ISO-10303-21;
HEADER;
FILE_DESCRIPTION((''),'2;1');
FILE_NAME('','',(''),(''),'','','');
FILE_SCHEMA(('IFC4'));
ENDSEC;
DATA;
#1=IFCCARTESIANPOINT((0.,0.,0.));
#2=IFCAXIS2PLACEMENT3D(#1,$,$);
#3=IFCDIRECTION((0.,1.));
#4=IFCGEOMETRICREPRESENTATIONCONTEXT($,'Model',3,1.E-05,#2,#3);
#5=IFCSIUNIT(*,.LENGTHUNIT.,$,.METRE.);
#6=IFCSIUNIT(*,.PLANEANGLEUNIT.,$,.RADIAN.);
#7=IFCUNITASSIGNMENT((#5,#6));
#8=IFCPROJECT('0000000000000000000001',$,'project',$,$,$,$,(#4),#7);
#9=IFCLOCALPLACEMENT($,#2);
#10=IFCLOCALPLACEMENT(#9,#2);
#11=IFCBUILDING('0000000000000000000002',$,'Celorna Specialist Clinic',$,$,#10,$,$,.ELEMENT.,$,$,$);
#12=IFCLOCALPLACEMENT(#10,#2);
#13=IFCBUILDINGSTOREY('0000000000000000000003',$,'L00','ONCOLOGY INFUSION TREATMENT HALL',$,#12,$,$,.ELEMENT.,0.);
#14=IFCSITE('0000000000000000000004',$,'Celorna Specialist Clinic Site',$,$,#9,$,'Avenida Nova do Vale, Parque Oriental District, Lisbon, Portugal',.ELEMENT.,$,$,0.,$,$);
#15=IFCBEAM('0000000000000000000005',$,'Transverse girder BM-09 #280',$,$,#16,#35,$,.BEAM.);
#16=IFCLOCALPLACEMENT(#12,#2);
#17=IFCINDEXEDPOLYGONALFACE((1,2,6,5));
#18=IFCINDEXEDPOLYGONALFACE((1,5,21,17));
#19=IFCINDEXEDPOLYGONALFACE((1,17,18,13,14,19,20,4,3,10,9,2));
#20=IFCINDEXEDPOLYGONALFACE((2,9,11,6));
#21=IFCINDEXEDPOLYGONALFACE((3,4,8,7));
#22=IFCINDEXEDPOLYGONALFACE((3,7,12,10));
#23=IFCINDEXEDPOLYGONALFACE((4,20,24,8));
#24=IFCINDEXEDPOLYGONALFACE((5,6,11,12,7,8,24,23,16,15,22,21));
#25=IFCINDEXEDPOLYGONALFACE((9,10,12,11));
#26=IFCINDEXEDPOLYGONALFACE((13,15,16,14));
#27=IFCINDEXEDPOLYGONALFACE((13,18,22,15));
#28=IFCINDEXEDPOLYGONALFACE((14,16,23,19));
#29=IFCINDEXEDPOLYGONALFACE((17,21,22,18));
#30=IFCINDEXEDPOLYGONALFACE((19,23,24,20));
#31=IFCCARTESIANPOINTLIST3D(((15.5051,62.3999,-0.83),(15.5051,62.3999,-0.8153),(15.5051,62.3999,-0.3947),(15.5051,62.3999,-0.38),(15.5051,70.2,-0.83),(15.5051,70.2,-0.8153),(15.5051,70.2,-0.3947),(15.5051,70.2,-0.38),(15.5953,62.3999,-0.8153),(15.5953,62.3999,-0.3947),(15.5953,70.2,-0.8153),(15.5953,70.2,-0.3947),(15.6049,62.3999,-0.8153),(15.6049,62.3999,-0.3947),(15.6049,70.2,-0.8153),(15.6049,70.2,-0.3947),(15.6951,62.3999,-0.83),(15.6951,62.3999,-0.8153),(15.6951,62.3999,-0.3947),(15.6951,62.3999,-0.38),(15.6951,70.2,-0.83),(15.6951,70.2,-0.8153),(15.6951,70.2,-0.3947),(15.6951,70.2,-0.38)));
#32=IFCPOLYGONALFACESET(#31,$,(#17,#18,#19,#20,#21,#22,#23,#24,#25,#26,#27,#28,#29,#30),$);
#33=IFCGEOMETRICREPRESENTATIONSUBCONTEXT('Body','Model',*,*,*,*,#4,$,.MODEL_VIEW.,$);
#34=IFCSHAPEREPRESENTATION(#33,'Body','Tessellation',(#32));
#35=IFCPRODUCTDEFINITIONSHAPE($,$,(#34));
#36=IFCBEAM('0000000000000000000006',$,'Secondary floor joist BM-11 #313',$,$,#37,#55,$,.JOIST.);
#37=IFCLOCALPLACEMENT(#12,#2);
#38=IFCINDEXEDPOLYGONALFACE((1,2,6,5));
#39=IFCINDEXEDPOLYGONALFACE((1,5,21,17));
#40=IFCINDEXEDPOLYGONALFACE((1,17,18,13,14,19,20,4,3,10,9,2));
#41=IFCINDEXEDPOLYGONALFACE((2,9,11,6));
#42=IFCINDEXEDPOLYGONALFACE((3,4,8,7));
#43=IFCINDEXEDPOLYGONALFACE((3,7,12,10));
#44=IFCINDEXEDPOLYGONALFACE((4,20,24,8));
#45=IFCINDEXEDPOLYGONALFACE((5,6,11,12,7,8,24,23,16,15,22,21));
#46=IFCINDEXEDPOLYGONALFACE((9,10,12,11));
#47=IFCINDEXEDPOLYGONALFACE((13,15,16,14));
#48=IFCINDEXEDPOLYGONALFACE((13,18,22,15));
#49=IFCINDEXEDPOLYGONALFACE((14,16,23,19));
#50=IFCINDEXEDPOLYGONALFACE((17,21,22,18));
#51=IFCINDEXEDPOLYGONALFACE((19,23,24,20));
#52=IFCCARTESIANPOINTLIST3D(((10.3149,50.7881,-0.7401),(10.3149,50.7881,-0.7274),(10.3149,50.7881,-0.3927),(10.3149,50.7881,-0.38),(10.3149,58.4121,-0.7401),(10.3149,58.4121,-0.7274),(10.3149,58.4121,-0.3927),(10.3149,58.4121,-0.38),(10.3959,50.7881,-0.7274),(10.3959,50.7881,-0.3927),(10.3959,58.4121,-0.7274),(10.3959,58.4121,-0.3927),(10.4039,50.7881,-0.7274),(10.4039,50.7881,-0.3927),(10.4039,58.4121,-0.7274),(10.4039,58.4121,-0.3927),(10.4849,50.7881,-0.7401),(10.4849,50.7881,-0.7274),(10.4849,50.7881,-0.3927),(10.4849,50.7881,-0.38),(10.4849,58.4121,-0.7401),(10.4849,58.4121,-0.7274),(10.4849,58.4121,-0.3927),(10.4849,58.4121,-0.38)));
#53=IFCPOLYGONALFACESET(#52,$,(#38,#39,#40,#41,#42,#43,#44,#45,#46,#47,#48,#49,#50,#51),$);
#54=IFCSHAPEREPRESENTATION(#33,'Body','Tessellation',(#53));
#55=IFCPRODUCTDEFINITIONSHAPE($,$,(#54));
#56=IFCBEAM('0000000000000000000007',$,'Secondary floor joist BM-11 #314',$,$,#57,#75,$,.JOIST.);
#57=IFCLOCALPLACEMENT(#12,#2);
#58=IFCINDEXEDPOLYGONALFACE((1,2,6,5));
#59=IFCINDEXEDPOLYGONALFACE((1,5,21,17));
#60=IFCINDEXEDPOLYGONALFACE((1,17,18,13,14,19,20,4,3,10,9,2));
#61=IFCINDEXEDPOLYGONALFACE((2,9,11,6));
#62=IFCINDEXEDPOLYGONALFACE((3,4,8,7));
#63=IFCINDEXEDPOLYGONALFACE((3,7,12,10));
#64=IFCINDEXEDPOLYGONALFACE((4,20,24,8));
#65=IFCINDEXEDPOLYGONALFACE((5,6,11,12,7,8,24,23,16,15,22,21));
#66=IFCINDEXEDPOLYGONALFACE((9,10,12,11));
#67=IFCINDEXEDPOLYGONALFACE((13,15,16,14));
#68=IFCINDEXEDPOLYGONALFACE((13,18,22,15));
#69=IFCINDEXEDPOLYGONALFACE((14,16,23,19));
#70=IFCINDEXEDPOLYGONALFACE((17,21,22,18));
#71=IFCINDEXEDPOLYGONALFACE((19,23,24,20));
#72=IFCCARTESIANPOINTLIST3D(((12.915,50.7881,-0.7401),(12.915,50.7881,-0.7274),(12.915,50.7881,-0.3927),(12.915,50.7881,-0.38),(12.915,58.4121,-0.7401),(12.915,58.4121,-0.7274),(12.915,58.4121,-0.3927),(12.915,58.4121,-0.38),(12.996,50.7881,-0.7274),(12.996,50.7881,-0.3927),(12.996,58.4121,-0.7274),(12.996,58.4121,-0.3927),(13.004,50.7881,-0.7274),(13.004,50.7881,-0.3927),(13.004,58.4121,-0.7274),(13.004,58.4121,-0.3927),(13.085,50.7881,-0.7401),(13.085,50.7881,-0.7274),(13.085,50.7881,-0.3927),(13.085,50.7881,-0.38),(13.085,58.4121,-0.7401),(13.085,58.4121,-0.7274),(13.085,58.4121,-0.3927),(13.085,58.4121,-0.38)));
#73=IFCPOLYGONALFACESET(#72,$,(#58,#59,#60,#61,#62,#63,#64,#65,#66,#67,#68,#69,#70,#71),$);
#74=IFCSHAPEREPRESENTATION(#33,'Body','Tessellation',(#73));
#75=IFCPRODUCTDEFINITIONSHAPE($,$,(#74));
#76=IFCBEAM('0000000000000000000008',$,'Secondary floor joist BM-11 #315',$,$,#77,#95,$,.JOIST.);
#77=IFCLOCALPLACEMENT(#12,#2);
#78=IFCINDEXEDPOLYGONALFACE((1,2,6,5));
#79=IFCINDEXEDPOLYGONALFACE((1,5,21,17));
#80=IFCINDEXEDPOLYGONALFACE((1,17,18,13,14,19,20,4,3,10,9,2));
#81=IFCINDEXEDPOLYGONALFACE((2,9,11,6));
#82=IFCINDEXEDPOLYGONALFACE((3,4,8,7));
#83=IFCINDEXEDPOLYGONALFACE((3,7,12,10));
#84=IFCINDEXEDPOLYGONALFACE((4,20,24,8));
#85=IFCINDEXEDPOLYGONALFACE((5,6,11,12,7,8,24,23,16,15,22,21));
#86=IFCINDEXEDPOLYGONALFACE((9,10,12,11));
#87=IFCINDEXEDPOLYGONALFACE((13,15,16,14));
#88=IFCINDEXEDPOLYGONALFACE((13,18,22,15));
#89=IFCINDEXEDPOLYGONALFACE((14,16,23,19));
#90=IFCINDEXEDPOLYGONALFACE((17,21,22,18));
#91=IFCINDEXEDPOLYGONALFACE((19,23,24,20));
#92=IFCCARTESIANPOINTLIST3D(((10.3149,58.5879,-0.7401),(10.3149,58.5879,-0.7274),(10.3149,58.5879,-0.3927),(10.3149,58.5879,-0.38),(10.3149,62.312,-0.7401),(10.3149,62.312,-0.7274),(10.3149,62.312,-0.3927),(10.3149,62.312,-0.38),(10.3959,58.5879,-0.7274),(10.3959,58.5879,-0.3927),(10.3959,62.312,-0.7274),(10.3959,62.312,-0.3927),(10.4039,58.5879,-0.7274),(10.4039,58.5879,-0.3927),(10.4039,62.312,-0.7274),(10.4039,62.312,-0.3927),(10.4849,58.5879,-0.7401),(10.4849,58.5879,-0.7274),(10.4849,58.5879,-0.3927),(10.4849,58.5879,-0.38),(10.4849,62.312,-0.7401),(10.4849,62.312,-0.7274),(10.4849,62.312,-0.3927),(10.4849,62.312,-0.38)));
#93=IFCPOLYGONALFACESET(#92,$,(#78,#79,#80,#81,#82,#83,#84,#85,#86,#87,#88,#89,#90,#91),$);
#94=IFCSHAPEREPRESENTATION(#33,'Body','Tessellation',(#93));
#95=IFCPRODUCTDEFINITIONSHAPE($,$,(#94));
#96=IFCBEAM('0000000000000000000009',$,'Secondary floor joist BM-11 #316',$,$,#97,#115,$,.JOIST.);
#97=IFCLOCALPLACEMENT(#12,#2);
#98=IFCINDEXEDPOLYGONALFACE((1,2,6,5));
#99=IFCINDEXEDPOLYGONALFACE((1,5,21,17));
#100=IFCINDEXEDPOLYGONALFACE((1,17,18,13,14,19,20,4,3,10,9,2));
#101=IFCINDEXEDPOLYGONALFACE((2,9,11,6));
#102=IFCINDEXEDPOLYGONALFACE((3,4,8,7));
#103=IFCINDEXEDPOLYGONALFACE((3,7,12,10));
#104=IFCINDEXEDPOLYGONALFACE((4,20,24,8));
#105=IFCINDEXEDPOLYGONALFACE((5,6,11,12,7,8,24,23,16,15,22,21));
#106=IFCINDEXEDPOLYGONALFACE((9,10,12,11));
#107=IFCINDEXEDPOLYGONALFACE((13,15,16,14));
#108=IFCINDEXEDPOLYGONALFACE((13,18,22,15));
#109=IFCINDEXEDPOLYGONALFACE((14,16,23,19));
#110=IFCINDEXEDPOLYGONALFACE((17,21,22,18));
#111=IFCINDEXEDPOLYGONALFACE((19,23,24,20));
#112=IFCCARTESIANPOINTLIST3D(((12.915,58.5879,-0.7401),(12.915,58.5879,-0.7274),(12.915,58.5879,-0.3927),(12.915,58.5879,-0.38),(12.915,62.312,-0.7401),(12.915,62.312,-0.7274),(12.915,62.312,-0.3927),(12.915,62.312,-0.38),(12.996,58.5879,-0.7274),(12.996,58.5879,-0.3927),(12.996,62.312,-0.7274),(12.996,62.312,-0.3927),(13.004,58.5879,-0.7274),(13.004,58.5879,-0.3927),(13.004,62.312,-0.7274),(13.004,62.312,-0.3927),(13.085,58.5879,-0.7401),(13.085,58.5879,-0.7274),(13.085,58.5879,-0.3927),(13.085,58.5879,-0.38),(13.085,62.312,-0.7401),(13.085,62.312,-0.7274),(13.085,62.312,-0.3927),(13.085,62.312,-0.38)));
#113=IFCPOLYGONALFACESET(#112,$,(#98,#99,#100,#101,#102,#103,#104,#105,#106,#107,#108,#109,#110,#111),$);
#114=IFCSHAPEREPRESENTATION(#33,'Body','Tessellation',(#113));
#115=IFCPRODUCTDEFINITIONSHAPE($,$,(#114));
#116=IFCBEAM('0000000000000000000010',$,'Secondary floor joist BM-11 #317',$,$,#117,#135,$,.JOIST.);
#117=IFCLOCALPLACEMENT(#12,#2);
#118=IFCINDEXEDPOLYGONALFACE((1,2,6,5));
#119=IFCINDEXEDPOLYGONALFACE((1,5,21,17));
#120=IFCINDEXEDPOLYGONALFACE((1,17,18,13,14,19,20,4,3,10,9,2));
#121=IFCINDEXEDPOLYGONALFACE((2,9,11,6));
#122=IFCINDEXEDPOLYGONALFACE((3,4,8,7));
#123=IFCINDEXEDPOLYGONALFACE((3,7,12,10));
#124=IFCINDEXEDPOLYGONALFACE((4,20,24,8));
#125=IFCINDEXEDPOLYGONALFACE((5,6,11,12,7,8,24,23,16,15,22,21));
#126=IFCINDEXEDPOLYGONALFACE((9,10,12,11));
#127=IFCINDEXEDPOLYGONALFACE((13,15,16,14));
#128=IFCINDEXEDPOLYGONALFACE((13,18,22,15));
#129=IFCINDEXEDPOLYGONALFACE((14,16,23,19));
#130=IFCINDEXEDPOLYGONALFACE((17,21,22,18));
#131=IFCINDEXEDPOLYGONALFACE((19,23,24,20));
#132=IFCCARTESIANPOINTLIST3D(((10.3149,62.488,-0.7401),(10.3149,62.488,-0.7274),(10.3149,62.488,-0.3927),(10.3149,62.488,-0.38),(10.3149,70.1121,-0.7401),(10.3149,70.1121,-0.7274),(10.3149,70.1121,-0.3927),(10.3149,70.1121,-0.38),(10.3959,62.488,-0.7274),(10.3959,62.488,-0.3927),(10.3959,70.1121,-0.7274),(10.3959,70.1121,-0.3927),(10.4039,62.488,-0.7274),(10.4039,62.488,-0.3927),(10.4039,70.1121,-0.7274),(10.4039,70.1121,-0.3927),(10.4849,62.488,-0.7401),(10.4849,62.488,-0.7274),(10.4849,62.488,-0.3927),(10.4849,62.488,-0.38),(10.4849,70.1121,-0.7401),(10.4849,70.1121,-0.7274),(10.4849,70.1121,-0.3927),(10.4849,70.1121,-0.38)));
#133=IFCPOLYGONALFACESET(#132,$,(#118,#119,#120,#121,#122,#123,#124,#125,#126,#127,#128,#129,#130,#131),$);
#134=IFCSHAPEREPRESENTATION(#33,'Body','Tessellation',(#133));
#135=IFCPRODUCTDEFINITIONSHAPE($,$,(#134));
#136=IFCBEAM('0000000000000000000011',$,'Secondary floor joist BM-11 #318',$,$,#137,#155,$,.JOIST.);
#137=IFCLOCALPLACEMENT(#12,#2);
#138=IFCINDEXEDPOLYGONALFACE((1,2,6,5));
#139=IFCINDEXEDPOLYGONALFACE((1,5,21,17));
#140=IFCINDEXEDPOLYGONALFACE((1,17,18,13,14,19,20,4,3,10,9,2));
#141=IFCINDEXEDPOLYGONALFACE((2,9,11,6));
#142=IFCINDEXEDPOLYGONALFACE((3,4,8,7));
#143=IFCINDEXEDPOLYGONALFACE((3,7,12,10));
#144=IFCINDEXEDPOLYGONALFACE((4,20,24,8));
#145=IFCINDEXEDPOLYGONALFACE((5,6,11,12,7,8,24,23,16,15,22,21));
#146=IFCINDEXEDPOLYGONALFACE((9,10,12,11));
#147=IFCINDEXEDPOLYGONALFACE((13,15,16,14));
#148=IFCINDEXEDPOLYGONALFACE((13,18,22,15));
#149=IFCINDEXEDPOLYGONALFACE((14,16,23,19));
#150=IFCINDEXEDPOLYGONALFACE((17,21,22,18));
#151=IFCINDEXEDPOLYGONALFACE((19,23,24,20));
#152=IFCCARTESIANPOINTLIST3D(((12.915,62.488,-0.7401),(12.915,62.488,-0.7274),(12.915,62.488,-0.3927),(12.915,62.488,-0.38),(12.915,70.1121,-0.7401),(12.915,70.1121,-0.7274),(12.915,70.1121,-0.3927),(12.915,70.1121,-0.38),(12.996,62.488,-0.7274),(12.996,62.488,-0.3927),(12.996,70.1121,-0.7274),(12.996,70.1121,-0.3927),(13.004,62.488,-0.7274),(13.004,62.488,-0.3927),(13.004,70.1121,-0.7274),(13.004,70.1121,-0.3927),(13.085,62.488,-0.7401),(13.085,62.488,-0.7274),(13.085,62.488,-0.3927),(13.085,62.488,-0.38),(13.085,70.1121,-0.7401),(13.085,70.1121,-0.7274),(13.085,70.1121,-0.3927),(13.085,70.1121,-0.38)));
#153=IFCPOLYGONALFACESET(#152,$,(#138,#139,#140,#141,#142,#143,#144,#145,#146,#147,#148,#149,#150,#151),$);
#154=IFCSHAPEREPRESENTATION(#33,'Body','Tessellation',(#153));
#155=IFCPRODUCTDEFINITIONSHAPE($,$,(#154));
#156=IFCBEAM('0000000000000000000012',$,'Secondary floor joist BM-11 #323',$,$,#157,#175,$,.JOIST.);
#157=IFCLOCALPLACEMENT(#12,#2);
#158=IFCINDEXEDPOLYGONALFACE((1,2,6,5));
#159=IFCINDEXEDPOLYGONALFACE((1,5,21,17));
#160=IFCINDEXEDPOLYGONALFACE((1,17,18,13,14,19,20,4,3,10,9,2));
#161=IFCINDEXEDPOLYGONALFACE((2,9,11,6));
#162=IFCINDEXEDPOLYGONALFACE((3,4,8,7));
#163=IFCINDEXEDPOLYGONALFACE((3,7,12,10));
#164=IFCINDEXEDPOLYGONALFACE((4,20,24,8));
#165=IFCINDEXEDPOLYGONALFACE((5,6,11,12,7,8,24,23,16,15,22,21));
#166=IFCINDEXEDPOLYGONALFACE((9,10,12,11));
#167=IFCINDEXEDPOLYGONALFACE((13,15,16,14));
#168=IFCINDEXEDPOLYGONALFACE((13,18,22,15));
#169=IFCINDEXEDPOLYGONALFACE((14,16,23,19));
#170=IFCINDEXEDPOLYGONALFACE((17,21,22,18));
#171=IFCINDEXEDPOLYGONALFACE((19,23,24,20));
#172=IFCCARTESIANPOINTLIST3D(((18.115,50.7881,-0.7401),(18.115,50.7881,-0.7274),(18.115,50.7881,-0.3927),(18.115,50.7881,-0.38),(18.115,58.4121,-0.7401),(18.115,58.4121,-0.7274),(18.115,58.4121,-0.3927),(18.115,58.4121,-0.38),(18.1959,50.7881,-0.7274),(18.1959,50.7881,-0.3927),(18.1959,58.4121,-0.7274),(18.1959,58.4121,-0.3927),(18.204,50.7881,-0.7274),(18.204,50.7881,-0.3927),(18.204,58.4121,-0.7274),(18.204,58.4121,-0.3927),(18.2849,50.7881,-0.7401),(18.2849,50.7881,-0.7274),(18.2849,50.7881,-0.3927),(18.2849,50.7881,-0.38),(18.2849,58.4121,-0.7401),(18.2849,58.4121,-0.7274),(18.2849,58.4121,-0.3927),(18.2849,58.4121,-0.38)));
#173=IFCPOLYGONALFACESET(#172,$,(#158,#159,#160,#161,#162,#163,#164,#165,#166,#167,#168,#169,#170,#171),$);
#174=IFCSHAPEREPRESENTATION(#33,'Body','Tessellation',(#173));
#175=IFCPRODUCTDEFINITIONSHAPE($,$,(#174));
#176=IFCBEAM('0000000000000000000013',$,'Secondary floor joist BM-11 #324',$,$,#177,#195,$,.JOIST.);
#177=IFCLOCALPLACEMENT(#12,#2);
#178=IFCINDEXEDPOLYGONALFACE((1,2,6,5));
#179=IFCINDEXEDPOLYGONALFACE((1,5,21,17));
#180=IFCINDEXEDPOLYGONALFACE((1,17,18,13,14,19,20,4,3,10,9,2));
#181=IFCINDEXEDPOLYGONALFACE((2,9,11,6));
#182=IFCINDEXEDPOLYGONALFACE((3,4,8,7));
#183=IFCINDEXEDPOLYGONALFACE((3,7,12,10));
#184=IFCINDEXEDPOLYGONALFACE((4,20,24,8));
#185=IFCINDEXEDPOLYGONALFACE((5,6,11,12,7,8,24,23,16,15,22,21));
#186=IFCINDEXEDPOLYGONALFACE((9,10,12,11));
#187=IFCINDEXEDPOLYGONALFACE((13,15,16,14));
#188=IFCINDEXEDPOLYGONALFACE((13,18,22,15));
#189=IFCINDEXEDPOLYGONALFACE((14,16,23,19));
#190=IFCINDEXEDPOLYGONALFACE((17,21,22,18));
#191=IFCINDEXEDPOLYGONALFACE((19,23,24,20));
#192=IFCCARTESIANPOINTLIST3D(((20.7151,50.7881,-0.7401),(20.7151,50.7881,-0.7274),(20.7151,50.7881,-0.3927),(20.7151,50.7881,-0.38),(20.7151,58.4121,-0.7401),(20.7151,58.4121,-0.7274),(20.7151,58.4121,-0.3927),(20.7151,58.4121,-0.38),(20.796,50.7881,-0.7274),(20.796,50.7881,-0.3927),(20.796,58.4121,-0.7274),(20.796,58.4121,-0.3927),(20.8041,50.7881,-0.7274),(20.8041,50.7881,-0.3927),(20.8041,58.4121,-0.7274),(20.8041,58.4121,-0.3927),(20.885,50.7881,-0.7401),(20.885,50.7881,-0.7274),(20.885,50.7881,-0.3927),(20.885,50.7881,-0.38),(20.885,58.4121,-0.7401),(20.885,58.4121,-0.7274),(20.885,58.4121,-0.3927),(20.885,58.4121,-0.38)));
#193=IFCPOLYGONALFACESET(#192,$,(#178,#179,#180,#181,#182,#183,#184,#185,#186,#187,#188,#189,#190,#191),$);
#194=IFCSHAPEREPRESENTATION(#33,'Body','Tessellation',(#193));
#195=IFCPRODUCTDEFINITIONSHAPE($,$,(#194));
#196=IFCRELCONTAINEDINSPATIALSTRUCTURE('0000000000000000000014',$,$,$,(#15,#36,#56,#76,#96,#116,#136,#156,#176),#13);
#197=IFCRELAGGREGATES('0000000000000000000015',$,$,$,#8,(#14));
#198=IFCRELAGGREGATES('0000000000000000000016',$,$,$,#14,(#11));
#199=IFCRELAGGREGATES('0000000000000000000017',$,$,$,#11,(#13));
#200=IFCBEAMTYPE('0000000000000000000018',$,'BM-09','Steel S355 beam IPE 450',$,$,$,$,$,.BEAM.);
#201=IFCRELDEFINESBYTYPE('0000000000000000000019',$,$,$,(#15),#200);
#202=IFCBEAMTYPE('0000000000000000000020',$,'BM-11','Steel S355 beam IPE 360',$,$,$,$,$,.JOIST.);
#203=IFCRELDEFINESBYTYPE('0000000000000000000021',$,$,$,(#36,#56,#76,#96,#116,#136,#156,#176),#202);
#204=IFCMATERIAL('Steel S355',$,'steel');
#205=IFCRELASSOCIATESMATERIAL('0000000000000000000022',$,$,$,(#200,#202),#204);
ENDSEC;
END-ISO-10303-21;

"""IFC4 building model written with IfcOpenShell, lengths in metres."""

from ifc_helpers import new_model, si_unit, direction, frame, origin, origin_2d, place, context, subcontext, project, spatial, i_section, extrude, material, material_profile, profile_set, type_object, element, save


model = new_model("IFC4")

# Units and contexts
model_context = context("Model", 3, precision=1e-05, world=origin(), true_north=direction((0.0, 1.0)))
body_context = subcontext(model_context, "Body", "Model", "MODEL_VIEW")
ifc_project = project(units=[si_unit("LENGTHUNIT", "METRE"), si_unit("PLANEANGLEUNIT", "RADIAN")], contexts=[model_context])

# Site, building, storey
site_placement = place(None, origin())
site = spatial("IfcSite", under=ifc_project, at=site_placement, Name="Celorna Specialist Clinic Site", LongName="Avenida Nova do Vale, Parque Oriental District, Lisbon, Portugal", CompositionType="ELEMENT", RefElevation=0.0)
building_placement = place(site_placement, origin())
building = spatial("IfcBuilding", under=site, at=building_placement, Name="Celorna Specialist Clinic", CompositionType="ELEMENT")
storey_placement = place(building_placement, origin())
storey = spatial("IfcBuildingStorey", under=building, at=storey_placement, Name="L00", Description="ONCOLOGY INFUSION TREATMENT HALL", CompositionType="ELEMENT", Elevation=0.0)

# Beams
ifc_material_1 = material(Name="Steel S355", Category="steel")
ifc_material_profile_1 = material_profile(ifc_material_1, i_section(OverallWidth=0.1899, OverallDepth=0.45, WebThickness=0.0095, FlangeThickness=0.0146, at=origin_2d()), Name="IPE 450")
ifc_profile_set_1 = profile_set([ifc_material_profile_1], Name="Steel S355")
beam_type_1 = type_object("IfcBeamType", Name="BM-09", Description="Steel S355 beam IPE 450", PredefinedType="BEAM", material=ifc_profile_set_1)
beam_1_placement = place(storey_placement, frame((15.6001, 62.3999, -0.605), z_axis=(0.0, 1.0, 0.0), x_axis=(-1.0, 0.0, 0.0)))
element("IfcBeam", 1, at=beam_1_placement, inside=storey, type_object=beam_type_1, Name="Transverse girder BM-09 #280", PredefinedType="BEAM", context=body_context, shape_type="SweptSolid", body=[
    extrude(i_section(OverallWidth=0.1899, OverallDepth=0.45, WebThickness=0.0095, FlangeThickness=0.0146, at=origin_2d()), origin(), (0.0, 0.0, 1.0), 7.8),
])
ifc_material_profile_2 = material_profile(ifc_material_1, i_section(OverallWidth=0.1699, OverallDepth=0.3601, WebThickness=0.0081, FlangeThickness=0.0127, at=origin_2d()), Name="IPE 360")
ifc_profile_set_2 = profile_set([ifc_material_profile_2], Name="Steel S355")
beam_type_2 = type_object("IfcBeamType", Name="BM-11", Description="Steel S355 beam IPE 360", PredefinedType="JOIST", material=ifc_profile_set_2)
for number, where, z_axis, x_axis, name in (
    (2, (10.3999, 50.7881, -0.5601), (0.0, 1.0, 0.0), (-1.0, 0.0, 0.0), "Secondary floor joist BM-11 #313"),
    (3, (13.0, 50.7881, -0.5601), (0.0, 1.0, 0.0), (-1.0, 0.0, 0.0), "Secondary floor joist BM-11 #314"),
):
    element("IfcBeam", number, at=place(storey_placement, frame(where, z_axis=z_axis, x_axis=x_axis)), inside=storey, type_object=beam_type_2, Name=name, PredefinedType="JOIST", context=body_context, shape_type="SweptSolid", body=[
        extrude(i_section(OverallWidth=0.1699, OverallDepth=0.3601, WebThickness=0.0081, FlangeThickness=0.0127, at=origin_2d()), origin(), (0.0, 0.0, 1.0), 7.624),
    ])
for number, where, z_axis, x_axis, name in (
    (4, (10.3999, 58.5879, -0.5601), (0.0, 1.0, 0.0), (-1.0, 0.0, 0.0), "Secondary floor joist BM-11 #315"),
    (5, (13.0, 58.5879, -0.5601), (0.0, 1.0, 0.0), (-1.0, 0.0, 0.0), "Secondary floor joist BM-11 #316"),
):
    element("IfcBeam", number, at=place(storey_placement, frame(where, z_axis=z_axis, x_axis=x_axis)), inside=storey, type_object=beam_type_2, Name=name, PredefinedType="JOIST", context=body_context, shape_type="SweptSolid", body=[
        extrude(i_section(OverallWidth=0.1699, OverallDepth=0.3601, WebThickness=0.0081, FlangeThickness=0.0127, at=origin_2d()), origin(), (0.0, 0.0, 1.0), 3.7241),
    ])
for number, where, z_axis, x_axis, name in (
    (6, (10.3999, 62.488, -0.5601), (0.0, 1.0, 0.0), (-1.0, 0.0, 0.0), "Secondary floor joist BM-11 #317"),
    (7, (13.0, 62.488, -0.5601), (0.0, 1.0, 0.0), (-1.0, 0.0, 0.0), "Secondary floor joist BM-11 #318"),
    (8, (18.2, 50.7881, -0.5601), (0.0, 1.0, 0.0), (-1.0, 0.0, 0.0), "Secondary floor joist BM-11 #323"),
    (9, (20.8, 50.7881, -0.5601), (0.0, 1.0, 0.0), (-1.0, 0.0, 0.0), "Secondary floor joist BM-11 #324"),
):
    element("IfcBeam", number, at=place(storey_placement, frame(where, z_axis=z_axis, x_axis=x_axis)), inside=storey, type_object=beam_type_2, Name=name, PredefinedType="JOIST", context=body_context, shape_type="SweptSolid", body=[
        extrude(i_section(OverallWidth=0.1699, OverallDepth=0.3601, WebThickness=0.0081, FlangeThickness=0.0127, at=origin_2d()), origin(), (0.0, 0.0, 1.0), 7.624),
    ])

save(model, "model.ifc")
